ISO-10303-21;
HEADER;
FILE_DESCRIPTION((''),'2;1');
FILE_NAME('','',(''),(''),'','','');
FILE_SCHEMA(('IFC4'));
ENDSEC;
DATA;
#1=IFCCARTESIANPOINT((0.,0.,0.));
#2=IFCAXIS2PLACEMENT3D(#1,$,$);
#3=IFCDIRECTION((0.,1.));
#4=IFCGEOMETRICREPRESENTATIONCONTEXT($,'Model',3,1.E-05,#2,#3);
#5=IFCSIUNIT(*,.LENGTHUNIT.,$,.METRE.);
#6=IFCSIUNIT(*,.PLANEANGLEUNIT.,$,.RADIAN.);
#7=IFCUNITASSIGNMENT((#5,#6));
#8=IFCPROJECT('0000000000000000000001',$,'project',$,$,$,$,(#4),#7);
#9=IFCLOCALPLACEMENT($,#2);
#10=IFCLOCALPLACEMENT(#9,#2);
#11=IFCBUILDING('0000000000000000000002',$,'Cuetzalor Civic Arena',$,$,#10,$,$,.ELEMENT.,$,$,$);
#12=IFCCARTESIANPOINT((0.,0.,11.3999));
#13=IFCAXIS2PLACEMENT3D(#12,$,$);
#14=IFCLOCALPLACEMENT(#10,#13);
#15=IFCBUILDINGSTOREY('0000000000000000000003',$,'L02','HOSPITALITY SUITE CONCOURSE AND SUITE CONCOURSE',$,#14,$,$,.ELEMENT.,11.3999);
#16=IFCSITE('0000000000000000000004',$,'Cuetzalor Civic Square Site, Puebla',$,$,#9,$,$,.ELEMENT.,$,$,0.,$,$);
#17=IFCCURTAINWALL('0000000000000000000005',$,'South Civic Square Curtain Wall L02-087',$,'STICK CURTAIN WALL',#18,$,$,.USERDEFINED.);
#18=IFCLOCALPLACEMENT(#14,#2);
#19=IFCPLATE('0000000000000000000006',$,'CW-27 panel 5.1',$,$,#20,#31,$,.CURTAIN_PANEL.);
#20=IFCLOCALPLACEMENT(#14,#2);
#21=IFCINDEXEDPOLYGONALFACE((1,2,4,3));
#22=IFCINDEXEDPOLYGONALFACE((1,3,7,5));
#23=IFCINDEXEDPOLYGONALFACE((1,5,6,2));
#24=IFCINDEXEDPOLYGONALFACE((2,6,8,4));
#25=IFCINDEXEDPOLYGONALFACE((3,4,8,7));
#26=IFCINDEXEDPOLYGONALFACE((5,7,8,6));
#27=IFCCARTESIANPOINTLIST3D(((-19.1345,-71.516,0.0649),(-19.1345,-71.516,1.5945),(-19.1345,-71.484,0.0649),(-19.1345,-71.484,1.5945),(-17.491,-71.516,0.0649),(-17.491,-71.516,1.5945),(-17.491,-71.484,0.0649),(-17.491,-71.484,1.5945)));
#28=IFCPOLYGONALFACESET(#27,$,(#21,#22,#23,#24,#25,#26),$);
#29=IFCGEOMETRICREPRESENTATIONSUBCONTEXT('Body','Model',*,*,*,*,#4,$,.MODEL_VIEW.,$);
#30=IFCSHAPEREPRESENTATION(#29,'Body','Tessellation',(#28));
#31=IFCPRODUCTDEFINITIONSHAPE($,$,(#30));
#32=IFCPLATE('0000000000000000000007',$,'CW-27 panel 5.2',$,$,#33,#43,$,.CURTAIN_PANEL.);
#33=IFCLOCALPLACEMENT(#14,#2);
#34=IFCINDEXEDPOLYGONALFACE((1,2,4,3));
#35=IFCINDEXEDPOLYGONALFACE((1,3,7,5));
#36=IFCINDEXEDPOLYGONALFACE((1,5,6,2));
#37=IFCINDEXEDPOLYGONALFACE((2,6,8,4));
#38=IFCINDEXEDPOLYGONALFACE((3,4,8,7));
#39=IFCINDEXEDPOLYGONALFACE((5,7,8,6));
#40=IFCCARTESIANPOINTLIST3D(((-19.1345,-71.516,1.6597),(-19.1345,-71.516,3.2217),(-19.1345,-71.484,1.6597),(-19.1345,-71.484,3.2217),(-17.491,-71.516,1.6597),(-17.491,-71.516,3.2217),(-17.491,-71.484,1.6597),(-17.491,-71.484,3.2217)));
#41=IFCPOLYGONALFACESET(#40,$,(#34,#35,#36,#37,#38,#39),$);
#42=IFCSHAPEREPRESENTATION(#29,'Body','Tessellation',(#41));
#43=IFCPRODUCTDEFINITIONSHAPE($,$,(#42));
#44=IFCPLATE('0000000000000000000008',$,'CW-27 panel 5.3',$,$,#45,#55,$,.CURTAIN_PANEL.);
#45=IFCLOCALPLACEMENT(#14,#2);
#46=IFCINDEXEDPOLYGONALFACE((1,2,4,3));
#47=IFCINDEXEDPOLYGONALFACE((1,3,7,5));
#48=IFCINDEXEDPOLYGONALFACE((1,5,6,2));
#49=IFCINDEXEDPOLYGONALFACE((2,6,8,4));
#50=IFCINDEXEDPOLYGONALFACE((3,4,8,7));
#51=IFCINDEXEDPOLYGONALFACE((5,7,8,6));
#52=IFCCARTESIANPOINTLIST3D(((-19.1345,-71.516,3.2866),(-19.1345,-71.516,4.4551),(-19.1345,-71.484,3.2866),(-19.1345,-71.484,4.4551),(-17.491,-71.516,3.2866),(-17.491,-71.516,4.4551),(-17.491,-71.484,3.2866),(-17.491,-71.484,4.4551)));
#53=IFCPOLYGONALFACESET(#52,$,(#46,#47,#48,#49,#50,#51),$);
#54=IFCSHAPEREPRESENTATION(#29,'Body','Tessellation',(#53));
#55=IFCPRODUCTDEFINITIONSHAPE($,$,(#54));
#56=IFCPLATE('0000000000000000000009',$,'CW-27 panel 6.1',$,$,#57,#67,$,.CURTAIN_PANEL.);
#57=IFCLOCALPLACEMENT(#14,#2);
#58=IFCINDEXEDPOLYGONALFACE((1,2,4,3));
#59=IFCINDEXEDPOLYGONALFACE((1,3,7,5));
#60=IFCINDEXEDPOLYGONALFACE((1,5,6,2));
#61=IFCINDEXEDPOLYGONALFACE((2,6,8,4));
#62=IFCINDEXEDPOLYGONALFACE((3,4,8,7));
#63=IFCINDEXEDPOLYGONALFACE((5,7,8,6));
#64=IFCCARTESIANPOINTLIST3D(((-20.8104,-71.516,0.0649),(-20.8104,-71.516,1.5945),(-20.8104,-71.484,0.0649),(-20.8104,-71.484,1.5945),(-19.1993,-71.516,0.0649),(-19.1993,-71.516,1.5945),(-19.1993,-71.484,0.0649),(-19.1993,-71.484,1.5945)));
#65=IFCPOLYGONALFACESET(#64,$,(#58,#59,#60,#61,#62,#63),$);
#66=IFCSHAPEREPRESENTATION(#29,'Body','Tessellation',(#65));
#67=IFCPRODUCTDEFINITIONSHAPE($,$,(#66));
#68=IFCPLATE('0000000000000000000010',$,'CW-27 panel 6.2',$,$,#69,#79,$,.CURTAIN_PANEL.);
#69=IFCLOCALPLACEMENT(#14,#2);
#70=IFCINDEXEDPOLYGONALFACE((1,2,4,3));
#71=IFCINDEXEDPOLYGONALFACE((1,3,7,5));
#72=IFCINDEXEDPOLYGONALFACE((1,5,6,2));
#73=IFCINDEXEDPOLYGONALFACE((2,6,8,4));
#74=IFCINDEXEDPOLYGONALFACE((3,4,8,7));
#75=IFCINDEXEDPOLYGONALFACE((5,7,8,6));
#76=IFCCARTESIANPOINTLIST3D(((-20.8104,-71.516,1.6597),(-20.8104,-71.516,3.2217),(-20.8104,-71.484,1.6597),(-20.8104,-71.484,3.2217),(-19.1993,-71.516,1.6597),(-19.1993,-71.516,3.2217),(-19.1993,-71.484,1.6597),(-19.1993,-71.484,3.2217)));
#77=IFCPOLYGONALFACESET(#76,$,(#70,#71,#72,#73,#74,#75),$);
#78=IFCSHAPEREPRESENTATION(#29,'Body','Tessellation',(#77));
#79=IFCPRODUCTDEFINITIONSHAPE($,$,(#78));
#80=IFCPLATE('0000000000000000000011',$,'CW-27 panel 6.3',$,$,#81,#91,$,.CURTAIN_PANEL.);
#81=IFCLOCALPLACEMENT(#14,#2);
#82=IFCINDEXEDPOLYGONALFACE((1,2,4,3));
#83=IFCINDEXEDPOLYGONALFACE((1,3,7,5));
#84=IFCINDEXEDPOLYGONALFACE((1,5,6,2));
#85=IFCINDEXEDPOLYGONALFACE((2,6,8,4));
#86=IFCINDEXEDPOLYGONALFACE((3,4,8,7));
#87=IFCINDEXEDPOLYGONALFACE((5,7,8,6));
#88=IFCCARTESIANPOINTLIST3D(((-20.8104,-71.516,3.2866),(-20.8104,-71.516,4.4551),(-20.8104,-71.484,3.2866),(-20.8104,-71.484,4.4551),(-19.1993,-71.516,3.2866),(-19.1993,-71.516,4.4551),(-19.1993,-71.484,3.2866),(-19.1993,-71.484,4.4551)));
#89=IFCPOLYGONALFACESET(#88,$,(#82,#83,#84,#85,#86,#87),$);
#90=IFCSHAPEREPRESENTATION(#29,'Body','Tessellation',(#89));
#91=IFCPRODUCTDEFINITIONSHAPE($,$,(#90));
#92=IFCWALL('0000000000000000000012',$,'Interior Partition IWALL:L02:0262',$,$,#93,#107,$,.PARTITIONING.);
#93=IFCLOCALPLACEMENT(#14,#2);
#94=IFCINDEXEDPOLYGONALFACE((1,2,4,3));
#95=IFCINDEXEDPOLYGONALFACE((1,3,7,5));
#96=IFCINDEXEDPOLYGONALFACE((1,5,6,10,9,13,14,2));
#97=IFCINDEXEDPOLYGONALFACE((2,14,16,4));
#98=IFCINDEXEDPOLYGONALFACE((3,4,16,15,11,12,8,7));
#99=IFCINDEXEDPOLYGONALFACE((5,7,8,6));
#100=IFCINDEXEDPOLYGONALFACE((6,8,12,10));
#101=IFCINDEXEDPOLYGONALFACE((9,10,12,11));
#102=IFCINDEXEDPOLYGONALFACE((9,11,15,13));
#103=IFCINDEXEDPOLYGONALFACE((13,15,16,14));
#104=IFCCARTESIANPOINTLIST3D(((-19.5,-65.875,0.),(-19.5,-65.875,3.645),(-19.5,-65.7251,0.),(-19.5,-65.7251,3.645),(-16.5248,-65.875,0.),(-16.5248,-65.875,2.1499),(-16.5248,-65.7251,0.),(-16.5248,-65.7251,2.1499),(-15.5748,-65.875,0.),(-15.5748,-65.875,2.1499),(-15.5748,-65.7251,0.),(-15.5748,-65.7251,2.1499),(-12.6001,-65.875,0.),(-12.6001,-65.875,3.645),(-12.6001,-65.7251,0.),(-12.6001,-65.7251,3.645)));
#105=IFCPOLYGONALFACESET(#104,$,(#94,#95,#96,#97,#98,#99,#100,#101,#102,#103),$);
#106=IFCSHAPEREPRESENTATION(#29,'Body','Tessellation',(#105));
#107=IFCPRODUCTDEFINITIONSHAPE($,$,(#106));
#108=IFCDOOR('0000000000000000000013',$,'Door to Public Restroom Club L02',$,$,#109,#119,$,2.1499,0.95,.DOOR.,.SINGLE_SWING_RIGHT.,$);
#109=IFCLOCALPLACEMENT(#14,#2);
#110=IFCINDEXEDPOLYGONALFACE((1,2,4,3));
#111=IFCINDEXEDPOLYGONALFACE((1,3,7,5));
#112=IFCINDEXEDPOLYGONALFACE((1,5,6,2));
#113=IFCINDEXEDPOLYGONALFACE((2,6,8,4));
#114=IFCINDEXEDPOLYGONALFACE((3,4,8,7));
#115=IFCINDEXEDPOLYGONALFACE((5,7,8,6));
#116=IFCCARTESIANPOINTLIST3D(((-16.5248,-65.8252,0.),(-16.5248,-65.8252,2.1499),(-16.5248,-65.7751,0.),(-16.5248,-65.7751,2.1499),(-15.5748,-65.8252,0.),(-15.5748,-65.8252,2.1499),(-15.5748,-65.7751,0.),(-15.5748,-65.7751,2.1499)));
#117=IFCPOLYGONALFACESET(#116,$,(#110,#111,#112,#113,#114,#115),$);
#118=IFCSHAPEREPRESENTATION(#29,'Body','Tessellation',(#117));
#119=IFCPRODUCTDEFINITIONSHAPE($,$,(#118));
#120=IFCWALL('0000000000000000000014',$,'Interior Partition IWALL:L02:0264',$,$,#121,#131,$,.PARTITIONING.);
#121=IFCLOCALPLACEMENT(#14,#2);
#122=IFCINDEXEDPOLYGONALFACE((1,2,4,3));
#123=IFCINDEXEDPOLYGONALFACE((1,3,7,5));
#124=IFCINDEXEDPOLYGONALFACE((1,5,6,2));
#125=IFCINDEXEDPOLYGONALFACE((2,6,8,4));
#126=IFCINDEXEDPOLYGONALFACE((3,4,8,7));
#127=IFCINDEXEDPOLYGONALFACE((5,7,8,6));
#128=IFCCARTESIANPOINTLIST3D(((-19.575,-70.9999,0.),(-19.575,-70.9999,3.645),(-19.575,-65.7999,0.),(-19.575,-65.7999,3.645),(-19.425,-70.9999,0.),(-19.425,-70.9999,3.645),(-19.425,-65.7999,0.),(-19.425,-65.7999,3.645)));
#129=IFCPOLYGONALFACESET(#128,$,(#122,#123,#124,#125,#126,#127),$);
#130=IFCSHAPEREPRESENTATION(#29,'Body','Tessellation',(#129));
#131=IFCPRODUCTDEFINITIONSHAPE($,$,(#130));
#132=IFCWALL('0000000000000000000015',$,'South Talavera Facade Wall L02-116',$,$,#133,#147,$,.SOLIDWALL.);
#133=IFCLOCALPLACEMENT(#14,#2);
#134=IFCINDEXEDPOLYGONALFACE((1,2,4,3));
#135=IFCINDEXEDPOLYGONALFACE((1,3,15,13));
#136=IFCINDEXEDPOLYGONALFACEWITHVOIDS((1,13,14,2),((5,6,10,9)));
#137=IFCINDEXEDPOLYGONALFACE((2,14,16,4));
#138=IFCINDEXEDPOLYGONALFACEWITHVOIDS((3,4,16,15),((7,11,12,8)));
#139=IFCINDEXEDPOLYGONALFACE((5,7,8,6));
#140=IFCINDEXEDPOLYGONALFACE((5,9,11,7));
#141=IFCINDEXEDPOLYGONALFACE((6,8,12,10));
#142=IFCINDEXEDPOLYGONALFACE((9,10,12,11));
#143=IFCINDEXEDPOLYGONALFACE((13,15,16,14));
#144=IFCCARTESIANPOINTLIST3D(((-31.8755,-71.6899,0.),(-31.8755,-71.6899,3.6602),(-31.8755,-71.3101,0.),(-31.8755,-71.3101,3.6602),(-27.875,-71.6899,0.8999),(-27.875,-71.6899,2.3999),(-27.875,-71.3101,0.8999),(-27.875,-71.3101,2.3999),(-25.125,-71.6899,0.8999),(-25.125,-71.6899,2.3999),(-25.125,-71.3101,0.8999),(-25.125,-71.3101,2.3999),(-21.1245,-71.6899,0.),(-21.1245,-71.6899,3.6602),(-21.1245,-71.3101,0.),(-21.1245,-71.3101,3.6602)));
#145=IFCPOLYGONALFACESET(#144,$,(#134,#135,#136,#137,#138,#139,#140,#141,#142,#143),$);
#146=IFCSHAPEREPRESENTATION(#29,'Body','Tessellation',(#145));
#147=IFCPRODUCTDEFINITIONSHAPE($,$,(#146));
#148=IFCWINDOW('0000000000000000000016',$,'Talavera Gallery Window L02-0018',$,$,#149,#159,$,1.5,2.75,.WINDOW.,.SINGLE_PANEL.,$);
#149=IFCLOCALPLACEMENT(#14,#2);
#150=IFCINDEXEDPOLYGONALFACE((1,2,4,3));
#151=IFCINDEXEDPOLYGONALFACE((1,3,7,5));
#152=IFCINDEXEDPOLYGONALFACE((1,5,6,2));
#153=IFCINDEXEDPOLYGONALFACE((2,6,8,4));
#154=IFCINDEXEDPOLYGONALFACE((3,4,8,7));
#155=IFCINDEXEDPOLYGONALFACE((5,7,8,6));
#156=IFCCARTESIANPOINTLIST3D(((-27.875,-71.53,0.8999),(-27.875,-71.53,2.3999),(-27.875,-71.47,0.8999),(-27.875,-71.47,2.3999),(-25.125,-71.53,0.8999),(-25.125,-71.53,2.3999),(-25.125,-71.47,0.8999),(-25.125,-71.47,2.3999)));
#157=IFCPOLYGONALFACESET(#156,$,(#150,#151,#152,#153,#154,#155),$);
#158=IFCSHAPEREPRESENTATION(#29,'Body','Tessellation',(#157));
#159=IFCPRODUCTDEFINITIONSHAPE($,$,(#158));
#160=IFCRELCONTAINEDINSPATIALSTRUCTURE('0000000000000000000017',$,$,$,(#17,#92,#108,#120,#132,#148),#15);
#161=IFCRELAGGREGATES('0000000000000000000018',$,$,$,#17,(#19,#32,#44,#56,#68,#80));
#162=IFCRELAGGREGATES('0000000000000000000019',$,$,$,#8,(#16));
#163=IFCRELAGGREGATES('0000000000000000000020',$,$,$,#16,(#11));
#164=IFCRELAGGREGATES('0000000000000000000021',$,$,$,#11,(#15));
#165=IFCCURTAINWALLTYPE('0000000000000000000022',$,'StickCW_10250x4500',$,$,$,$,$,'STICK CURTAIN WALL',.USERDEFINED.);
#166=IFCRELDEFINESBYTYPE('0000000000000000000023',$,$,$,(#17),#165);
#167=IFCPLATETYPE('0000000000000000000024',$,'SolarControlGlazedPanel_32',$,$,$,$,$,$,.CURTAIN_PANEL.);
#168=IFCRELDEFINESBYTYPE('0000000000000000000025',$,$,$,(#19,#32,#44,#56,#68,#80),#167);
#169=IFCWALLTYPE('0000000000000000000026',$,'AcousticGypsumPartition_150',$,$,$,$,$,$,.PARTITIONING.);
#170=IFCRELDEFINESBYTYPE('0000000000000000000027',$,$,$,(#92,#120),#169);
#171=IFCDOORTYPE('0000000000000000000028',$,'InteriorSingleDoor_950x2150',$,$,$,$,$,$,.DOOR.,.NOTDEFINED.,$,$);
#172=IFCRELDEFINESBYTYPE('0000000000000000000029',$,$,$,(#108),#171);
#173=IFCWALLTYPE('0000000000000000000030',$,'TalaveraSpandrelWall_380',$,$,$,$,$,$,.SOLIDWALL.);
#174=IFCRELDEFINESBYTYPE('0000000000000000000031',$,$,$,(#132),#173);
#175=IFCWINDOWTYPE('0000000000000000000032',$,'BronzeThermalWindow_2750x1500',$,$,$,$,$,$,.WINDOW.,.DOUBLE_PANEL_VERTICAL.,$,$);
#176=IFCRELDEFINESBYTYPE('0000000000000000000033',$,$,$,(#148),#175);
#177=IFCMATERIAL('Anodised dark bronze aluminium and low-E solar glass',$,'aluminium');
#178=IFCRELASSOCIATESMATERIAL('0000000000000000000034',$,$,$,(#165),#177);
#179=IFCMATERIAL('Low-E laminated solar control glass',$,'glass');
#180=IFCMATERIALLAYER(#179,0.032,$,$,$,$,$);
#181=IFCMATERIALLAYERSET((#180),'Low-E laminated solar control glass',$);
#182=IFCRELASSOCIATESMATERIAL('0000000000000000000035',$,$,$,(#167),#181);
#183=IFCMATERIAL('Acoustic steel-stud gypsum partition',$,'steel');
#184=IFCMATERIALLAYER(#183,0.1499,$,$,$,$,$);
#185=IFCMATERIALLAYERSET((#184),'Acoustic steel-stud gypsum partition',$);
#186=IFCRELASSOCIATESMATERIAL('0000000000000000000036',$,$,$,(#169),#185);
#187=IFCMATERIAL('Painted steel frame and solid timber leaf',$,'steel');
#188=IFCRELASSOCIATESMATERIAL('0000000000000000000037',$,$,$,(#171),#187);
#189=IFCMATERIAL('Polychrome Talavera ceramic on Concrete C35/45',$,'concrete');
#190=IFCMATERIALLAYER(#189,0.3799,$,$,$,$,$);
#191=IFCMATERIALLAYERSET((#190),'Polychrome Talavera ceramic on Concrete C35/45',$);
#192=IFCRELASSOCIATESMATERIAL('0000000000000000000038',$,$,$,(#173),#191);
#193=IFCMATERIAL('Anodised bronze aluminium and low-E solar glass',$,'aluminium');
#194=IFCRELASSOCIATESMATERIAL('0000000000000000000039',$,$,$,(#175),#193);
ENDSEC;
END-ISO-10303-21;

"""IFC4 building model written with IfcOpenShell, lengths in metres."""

from ifc_helpers import new_model, si_unit, direction, frame, frame_2d, origin, origin_2d, place, context, subcontext, project, spatial, rectangle, extrude, material, layer, layer_set, type_object, element, fill, aggregate, save


model = new_model("IFC4")

# Units and contexts
model_context = context("Model", 3, precision=1e-05, world=origin(), true_north=direction((0.0, 1.0)))
body_context = subcontext(model_context, "Body", "Model", "MODEL_VIEW")
ifc_project = project(units=[si_unit("LENGTHUNIT", "METRE"), si_unit("PLANEANGLEUNIT", "RADIAN")], contexts=[model_context])

# Site, building, storey
site_placement = place(None, origin())
site = spatial("IfcSite", under=ifc_project, at=site_placement, Name="Cuetzalor Civic Square Site, Puebla", CompositionType="ELEMENT", RefElevation=0.0)
building_placement = place(site_placement, origin())
building = spatial("IfcBuilding", under=site, at=building_placement, Name="Cuetzalor Civic Arena", CompositionType="ELEMENT")
storey_placement = place(building_placement, frame((0.0, 0.0, 11.3999)))
storey = spatial("IfcBuildingStorey", under=building, at=storey_placement, Name="L02", Description="HOSPITALITY SUITE CONCOURSE AND SUITE CONCOURSE", CompositionType="ELEMENT", Elevation=11.3999)

# Curtain wall, plates
ifc_material_1 = material(Name="Anodised dark bronze aluminium and low-E solar glass", Category="aluminium")
curtain_wall_type = type_object("IfcCurtainWallType", Name="StickCW_10250x4500", ElementType="STICK CURTAIN WALL", PredefinedType="USERDEFINED", material=ifc_material_1)
curtain_wall_placement = place(storey_placement, origin())
curtain_wall = element("IfcCurtainWall", 1, at=curtain_wall_placement, inside=storey, type_object=curtain_wall_type, Name="South Civic Square Curtain Wall L02-087", ObjectType="STICK CURTAIN WALL", PredefinedType="USERDEFINED")
ifc_material_2 = material(Name="Low-E laminated solar control glass", Category="glass")
ifc_layer_1 = layer(ifc_material_2, 0.032)
ifc_layer_set_1 = layer_set([ifc_layer_1], Name="Low-E laminated solar control glass")
plate_type = type_object("IfcPlateType", Name="SolarControlGlazedPanel_32", PredefinedType="CURTAIN_PANEL", material=ifc_layer_set_1)
plate_1_placement = place(storey_placement, frame((-18.3127, -71.5, 0.0649), z_axis=(0.0, 0.0, 1.0), x_axis=(-1.0, 0.0, 0.0)))
plate_1 = element("IfcPlate", 2, at=plate_1_placement, type_object=plate_type, Name="CW-27 panel 5.1", PredefinedType="CURTAIN_PANEL", context=body_context, shape_type="SweptSolid", body=[
    extrude(rectangle(XDim=1.6436, YDim=0.032, at=origin_2d()), origin(), (0.0, 0.0, 1.0), 1.5295),
])
plate_2_placement = place(storey_placement, frame((-18.3127, -71.5, 1.6597), z_axis=(0.0, 0.0, 1.0), x_axis=(-1.0, 0.0, 0.0)))
plate_2 = element("IfcPlate", 3, at=plate_2_placement, type_object=plate_type, Name="CW-27 panel 5.2", PredefinedType="CURTAIN_PANEL", context=body_context, shape_type="SweptSolid", body=[
    extrude(rectangle(XDim=1.6436, YDim=0.032, at=origin_2d()), origin(), (0.0, 0.0, 1.0), 1.562),
])
plate_3_placement = place(storey_placement, frame((-18.3127, -71.5, 3.2866), z_axis=(0.0, 0.0, 1.0), x_axis=(-1.0, 0.0, 0.0)))
plate_3 = element("IfcPlate", 4, at=plate_3_placement, type_object=plate_type, Name="CW-27 panel 5.3", PredefinedType="CURTAIN_PANEL", context=body_context, shape_type="SweptSolid", body=[
    extrude(rectangle(XDim=1.6436, YDim=0.032, at=origin_2d()), origin(), (0.0, 0.0, 1.0), 1.1685),
])
plate_4_placement = place(storey_placement, frame((-20.0049, -71.5, 0.0649), z_axis=(0.0, 0.0, 1.0), x_axis=(-1.0, 0.0, 0.0)))
plate_4 = element("IfcPlate", 5, at=plate_4_placement, type_object=plate_type, Name="CW-27 panel 6.1", PredefinedType="CURTAIN_PANEL", context=body_context, shape_type="SweptSolid", body=[
    extrude(rectangle(XDim=1.6111, YDim=0.032, at=origin_2d()), origin(), (0.0, 0.0, 1.0), 1.5295),
])
plate_5_placement = place(storey_placement, frame((-20.0049, -71.5, 1.6597), z_axis=(0.0, 0.0, 1.0), x_axis=(-1.0, 0.0, 0.0)))
plate_5 = element("IfcPlate", 6, at=plate_5_placement, type_object=plate_type, Name="CW-27 panel 6.2", PredefinedType="CURTAIN_PANEL", context=body_context, shape_type="SweptSolid", body=[
    extrude(rectangle(XDim=1.6111, YDim=0.032, at=origin_2d()), origin(), (0.0, 0.0, 1.0), 1.562),
])
plate_6_placement = place(storey_placement, frame((-20.0049, -71.5, 3.2866), z_axis=(0.0, 0.0, 1.0), x_axis=(-1.0, 0.0, 0.0)))
plate_6 = element("IfcPlate", 7, at=plate_6_placement, type_object=plate_type, Name="CW-27 panel 6.3", PredefinedType="CURTAIN_PANEL", context=body_context, shape_type="SweptSolid", body=[
    extrude(rectangle(XDim=1.6111, YDim=0.032, at=origin_2d()), origin(), (0.0, 0.0, 1.0), 1.1685),
])
aggregate(curtain_wall, [plate_1, plate_2, plate_3, plate_4, plate_5, plate_6])

# Wall, opening, door
ifc_material_3 = material(Name="Acoustic steel-stud gypsum partition", Category="steel")
ifc_layer_2 = layer(ifc_material_3, 0.1499)
ifc_layer_set_2 = layer_set([ifc_layer_2], Name="Acoustic steel-stud gypsum partition")
wall_type_1 = type_object("IfcWallType", Name="AcousticGypsumPartition_150", PredefinedType="PARTITIONING", material=ifc_layer_set_2)
wall_1_placement = place(storey_placement, frame((-19.5, -65.8, 0.0), z_axis=(0.0, 0.0, 1.0), x_axis=(1.0, 0.0, 0.0)))
wall_1 = element("IfcWall", 8, at=wall_1_placement, inside=storey, type_object=wall_type_1, Name="Interior Partition IWALL:L02:0262", PredefinedType="PARTITIONING", context=body_context, shape_type="SweptSolid", body=[
    extrude(rectangle(XDim=6.8999, YDim=0.1499, at=frame_2d((3.45, 0.0))), origin(), (0.0, 0.0, 1.0), 3.645),
])
opening_1_placement = place(wall_1_placement, frame((2.9751, 0.0, 0.0)))
opening_1 = element("IfcOpeningElement", 9, at=opening_1_placement, cuts=wall_1, PredefinedType="OPENING", context=body_context, shape_type="SweptSolid", body=[
    extrude(rectangle(XDim=0.95, YDim=2.1499, at=frame_2d((0.4751, 1.075))), frame((0.0, 0.085, 0.0), z_axis=(0.0, -1.0, 0.0), x_axis=(1.0, 0.0, 0.0)), (0.0, 0.0, 1.0), 0.1699),
])
ifc_material_4 = material(Name="Painted steel frame and solid timber leaf", Category="steel")
door_type = type_object("IfcDoorType", Name="InteriorSingleDoor_950x2150", OperationType="NOTDEFINED", PredefinedType="DOOR", material=ifc_material_4)
door_placement = place(opening_1_placement, origin())
door = element("IfcDoor", 10, at=door_placement, inside=storey, type_object=door_type, Name="Door to Public Restroom Club L02", OperationType="SINGLE_SWING_RIGHT", OverallHeight=2.1499, OverallWidth=0.95, PredefinedType="DOOR", context=body_context, shape_type="SweptSolid", body=[
    extrude(rectangle(XDim=0.95, YDim=2.1499, at=frame_2d((0.4751, 1.075))), frame((0.0, 0.0249, 0.0), z_axis=(0.0, -1.0, 0.0), x_axis=(1.0, 0.0, 0.0)), (0.0, 0.0, 1.0), 0.05),
])
fill(opening_1, door)

# Wall
wall_2_placement = place(storey_placement, frame((-19.5, -71.0, 0.0), z_axis=(0.0, 0.0, 1.0), x_axis=(0.0, 1.0, 0.0)))
element("IfcWall", 11, at=wall_2_placement, inside=storey, type_object=wall_type_1, Name="Interior Partition IWALL:L02:0264", PredefinedType="PARTITIONING", context=body_context, shape_type="SweptSolid", body=[
    extrude(rectangle(XDim=5.2, YDim=0.1499, at=frame_2d((2.6001, 0.0))), origin(), (0.0, 0.0, 1.0), 3.645),
])

# Wall, opening, window
ifc_material_5 = material(Name="Polychrome Talavera ceramic on Concrete C35/45", Category="concrete")
ifc_layer_3 = layer(ifc_material_5, 0.3799)
ifc_layer_set_3 = layer_set([ifc_layer_3], Name="Polychrome Talavera ceramic on Concrete C35/45")
wall_type_2 = type_object("IfcWallType", Name="TalaveraSpandrelWall_380", PredefinedType="SOLIDWALL", material=ifc_layer_set_3)
wall_3_placement = place(storey_placement, frame((-21.1245, -71.5, 0.0), z_axis=(0.0, 0.0, 1.0), x_axis=(-1.0, 0.0, 0.0)))
wall_3 = element("IfcWall", 12, at=wall_3_placement, inside=storey, type_object=wall_type_2, Name="South Talavera Facade Wall L02-116", PredefinedType="SOLIDWALL", context=body_context, shape_type="SweptSolid", body=[
    extrude(rectangle(XDim=10.751, YDim=0.3799, at=frame_2d((5.3755, 0.0))), origin(), (0.0, 0.0, 1.0), 3.6602),
])
opening_2_placement = place(wall_3_placement, frame((4.0005, 0.0, 0.8999)))
opening_2 = element("IfcOpeningElement", 13, at=opening_2_placement, cuts=wall_3, PredefinedType="OPENING", context=body_context, shape_type="SweptSolid", body=[
    extrude(rectangle(XDim=2.75, YDim=1.5, at=frame_2d((1.375, 0.75))), frame((0.0, 0.2, 0.0), z_axis=(0.0, -1.0, 0.0), x_axis=(1.0, 0.0, 0.0)), (0.0, 0.0, 1.0), 0.3999),
])
ifc_material_6 = material(Name="Anodised bronze aluminium and low-E solar glass", Category="aluminium")
window_type = type_object("IfcWindowType", Name="BronzeThermalWindow_2750x1500", PartitioningType="DOUBLE_PANEL_VERTICAL", PredefinedType="WINDOW", material=ifc_material_6)
window_placement = place(opening_2_placement, origin())
window = element("IfcWindow", 14, at=window_placement, inside=storey, type_object=window_type, Name="Talavera Gallery Window L02-0018", OverallHeight=1.5, OverallWidth=2.75, PartitioningType="SINGLE_PANEL", PredefinedType="WINDOW", context=body_context, shape_type="SweptSolid", body=[
    extrude(rectangle(XDim=2.75, YDim=1.5, at=frame_2d((1.375, 0.75))), frame((0.0, 0.03, 0.0), z_axis=(0.0, -1.0, 0.0), x_axis=(1.0, 0.0, 0.0)), (0.0, 0.0, 1.0), 0.0601),
])
fill(opening_2, window)

save(model, "model.ifc")
